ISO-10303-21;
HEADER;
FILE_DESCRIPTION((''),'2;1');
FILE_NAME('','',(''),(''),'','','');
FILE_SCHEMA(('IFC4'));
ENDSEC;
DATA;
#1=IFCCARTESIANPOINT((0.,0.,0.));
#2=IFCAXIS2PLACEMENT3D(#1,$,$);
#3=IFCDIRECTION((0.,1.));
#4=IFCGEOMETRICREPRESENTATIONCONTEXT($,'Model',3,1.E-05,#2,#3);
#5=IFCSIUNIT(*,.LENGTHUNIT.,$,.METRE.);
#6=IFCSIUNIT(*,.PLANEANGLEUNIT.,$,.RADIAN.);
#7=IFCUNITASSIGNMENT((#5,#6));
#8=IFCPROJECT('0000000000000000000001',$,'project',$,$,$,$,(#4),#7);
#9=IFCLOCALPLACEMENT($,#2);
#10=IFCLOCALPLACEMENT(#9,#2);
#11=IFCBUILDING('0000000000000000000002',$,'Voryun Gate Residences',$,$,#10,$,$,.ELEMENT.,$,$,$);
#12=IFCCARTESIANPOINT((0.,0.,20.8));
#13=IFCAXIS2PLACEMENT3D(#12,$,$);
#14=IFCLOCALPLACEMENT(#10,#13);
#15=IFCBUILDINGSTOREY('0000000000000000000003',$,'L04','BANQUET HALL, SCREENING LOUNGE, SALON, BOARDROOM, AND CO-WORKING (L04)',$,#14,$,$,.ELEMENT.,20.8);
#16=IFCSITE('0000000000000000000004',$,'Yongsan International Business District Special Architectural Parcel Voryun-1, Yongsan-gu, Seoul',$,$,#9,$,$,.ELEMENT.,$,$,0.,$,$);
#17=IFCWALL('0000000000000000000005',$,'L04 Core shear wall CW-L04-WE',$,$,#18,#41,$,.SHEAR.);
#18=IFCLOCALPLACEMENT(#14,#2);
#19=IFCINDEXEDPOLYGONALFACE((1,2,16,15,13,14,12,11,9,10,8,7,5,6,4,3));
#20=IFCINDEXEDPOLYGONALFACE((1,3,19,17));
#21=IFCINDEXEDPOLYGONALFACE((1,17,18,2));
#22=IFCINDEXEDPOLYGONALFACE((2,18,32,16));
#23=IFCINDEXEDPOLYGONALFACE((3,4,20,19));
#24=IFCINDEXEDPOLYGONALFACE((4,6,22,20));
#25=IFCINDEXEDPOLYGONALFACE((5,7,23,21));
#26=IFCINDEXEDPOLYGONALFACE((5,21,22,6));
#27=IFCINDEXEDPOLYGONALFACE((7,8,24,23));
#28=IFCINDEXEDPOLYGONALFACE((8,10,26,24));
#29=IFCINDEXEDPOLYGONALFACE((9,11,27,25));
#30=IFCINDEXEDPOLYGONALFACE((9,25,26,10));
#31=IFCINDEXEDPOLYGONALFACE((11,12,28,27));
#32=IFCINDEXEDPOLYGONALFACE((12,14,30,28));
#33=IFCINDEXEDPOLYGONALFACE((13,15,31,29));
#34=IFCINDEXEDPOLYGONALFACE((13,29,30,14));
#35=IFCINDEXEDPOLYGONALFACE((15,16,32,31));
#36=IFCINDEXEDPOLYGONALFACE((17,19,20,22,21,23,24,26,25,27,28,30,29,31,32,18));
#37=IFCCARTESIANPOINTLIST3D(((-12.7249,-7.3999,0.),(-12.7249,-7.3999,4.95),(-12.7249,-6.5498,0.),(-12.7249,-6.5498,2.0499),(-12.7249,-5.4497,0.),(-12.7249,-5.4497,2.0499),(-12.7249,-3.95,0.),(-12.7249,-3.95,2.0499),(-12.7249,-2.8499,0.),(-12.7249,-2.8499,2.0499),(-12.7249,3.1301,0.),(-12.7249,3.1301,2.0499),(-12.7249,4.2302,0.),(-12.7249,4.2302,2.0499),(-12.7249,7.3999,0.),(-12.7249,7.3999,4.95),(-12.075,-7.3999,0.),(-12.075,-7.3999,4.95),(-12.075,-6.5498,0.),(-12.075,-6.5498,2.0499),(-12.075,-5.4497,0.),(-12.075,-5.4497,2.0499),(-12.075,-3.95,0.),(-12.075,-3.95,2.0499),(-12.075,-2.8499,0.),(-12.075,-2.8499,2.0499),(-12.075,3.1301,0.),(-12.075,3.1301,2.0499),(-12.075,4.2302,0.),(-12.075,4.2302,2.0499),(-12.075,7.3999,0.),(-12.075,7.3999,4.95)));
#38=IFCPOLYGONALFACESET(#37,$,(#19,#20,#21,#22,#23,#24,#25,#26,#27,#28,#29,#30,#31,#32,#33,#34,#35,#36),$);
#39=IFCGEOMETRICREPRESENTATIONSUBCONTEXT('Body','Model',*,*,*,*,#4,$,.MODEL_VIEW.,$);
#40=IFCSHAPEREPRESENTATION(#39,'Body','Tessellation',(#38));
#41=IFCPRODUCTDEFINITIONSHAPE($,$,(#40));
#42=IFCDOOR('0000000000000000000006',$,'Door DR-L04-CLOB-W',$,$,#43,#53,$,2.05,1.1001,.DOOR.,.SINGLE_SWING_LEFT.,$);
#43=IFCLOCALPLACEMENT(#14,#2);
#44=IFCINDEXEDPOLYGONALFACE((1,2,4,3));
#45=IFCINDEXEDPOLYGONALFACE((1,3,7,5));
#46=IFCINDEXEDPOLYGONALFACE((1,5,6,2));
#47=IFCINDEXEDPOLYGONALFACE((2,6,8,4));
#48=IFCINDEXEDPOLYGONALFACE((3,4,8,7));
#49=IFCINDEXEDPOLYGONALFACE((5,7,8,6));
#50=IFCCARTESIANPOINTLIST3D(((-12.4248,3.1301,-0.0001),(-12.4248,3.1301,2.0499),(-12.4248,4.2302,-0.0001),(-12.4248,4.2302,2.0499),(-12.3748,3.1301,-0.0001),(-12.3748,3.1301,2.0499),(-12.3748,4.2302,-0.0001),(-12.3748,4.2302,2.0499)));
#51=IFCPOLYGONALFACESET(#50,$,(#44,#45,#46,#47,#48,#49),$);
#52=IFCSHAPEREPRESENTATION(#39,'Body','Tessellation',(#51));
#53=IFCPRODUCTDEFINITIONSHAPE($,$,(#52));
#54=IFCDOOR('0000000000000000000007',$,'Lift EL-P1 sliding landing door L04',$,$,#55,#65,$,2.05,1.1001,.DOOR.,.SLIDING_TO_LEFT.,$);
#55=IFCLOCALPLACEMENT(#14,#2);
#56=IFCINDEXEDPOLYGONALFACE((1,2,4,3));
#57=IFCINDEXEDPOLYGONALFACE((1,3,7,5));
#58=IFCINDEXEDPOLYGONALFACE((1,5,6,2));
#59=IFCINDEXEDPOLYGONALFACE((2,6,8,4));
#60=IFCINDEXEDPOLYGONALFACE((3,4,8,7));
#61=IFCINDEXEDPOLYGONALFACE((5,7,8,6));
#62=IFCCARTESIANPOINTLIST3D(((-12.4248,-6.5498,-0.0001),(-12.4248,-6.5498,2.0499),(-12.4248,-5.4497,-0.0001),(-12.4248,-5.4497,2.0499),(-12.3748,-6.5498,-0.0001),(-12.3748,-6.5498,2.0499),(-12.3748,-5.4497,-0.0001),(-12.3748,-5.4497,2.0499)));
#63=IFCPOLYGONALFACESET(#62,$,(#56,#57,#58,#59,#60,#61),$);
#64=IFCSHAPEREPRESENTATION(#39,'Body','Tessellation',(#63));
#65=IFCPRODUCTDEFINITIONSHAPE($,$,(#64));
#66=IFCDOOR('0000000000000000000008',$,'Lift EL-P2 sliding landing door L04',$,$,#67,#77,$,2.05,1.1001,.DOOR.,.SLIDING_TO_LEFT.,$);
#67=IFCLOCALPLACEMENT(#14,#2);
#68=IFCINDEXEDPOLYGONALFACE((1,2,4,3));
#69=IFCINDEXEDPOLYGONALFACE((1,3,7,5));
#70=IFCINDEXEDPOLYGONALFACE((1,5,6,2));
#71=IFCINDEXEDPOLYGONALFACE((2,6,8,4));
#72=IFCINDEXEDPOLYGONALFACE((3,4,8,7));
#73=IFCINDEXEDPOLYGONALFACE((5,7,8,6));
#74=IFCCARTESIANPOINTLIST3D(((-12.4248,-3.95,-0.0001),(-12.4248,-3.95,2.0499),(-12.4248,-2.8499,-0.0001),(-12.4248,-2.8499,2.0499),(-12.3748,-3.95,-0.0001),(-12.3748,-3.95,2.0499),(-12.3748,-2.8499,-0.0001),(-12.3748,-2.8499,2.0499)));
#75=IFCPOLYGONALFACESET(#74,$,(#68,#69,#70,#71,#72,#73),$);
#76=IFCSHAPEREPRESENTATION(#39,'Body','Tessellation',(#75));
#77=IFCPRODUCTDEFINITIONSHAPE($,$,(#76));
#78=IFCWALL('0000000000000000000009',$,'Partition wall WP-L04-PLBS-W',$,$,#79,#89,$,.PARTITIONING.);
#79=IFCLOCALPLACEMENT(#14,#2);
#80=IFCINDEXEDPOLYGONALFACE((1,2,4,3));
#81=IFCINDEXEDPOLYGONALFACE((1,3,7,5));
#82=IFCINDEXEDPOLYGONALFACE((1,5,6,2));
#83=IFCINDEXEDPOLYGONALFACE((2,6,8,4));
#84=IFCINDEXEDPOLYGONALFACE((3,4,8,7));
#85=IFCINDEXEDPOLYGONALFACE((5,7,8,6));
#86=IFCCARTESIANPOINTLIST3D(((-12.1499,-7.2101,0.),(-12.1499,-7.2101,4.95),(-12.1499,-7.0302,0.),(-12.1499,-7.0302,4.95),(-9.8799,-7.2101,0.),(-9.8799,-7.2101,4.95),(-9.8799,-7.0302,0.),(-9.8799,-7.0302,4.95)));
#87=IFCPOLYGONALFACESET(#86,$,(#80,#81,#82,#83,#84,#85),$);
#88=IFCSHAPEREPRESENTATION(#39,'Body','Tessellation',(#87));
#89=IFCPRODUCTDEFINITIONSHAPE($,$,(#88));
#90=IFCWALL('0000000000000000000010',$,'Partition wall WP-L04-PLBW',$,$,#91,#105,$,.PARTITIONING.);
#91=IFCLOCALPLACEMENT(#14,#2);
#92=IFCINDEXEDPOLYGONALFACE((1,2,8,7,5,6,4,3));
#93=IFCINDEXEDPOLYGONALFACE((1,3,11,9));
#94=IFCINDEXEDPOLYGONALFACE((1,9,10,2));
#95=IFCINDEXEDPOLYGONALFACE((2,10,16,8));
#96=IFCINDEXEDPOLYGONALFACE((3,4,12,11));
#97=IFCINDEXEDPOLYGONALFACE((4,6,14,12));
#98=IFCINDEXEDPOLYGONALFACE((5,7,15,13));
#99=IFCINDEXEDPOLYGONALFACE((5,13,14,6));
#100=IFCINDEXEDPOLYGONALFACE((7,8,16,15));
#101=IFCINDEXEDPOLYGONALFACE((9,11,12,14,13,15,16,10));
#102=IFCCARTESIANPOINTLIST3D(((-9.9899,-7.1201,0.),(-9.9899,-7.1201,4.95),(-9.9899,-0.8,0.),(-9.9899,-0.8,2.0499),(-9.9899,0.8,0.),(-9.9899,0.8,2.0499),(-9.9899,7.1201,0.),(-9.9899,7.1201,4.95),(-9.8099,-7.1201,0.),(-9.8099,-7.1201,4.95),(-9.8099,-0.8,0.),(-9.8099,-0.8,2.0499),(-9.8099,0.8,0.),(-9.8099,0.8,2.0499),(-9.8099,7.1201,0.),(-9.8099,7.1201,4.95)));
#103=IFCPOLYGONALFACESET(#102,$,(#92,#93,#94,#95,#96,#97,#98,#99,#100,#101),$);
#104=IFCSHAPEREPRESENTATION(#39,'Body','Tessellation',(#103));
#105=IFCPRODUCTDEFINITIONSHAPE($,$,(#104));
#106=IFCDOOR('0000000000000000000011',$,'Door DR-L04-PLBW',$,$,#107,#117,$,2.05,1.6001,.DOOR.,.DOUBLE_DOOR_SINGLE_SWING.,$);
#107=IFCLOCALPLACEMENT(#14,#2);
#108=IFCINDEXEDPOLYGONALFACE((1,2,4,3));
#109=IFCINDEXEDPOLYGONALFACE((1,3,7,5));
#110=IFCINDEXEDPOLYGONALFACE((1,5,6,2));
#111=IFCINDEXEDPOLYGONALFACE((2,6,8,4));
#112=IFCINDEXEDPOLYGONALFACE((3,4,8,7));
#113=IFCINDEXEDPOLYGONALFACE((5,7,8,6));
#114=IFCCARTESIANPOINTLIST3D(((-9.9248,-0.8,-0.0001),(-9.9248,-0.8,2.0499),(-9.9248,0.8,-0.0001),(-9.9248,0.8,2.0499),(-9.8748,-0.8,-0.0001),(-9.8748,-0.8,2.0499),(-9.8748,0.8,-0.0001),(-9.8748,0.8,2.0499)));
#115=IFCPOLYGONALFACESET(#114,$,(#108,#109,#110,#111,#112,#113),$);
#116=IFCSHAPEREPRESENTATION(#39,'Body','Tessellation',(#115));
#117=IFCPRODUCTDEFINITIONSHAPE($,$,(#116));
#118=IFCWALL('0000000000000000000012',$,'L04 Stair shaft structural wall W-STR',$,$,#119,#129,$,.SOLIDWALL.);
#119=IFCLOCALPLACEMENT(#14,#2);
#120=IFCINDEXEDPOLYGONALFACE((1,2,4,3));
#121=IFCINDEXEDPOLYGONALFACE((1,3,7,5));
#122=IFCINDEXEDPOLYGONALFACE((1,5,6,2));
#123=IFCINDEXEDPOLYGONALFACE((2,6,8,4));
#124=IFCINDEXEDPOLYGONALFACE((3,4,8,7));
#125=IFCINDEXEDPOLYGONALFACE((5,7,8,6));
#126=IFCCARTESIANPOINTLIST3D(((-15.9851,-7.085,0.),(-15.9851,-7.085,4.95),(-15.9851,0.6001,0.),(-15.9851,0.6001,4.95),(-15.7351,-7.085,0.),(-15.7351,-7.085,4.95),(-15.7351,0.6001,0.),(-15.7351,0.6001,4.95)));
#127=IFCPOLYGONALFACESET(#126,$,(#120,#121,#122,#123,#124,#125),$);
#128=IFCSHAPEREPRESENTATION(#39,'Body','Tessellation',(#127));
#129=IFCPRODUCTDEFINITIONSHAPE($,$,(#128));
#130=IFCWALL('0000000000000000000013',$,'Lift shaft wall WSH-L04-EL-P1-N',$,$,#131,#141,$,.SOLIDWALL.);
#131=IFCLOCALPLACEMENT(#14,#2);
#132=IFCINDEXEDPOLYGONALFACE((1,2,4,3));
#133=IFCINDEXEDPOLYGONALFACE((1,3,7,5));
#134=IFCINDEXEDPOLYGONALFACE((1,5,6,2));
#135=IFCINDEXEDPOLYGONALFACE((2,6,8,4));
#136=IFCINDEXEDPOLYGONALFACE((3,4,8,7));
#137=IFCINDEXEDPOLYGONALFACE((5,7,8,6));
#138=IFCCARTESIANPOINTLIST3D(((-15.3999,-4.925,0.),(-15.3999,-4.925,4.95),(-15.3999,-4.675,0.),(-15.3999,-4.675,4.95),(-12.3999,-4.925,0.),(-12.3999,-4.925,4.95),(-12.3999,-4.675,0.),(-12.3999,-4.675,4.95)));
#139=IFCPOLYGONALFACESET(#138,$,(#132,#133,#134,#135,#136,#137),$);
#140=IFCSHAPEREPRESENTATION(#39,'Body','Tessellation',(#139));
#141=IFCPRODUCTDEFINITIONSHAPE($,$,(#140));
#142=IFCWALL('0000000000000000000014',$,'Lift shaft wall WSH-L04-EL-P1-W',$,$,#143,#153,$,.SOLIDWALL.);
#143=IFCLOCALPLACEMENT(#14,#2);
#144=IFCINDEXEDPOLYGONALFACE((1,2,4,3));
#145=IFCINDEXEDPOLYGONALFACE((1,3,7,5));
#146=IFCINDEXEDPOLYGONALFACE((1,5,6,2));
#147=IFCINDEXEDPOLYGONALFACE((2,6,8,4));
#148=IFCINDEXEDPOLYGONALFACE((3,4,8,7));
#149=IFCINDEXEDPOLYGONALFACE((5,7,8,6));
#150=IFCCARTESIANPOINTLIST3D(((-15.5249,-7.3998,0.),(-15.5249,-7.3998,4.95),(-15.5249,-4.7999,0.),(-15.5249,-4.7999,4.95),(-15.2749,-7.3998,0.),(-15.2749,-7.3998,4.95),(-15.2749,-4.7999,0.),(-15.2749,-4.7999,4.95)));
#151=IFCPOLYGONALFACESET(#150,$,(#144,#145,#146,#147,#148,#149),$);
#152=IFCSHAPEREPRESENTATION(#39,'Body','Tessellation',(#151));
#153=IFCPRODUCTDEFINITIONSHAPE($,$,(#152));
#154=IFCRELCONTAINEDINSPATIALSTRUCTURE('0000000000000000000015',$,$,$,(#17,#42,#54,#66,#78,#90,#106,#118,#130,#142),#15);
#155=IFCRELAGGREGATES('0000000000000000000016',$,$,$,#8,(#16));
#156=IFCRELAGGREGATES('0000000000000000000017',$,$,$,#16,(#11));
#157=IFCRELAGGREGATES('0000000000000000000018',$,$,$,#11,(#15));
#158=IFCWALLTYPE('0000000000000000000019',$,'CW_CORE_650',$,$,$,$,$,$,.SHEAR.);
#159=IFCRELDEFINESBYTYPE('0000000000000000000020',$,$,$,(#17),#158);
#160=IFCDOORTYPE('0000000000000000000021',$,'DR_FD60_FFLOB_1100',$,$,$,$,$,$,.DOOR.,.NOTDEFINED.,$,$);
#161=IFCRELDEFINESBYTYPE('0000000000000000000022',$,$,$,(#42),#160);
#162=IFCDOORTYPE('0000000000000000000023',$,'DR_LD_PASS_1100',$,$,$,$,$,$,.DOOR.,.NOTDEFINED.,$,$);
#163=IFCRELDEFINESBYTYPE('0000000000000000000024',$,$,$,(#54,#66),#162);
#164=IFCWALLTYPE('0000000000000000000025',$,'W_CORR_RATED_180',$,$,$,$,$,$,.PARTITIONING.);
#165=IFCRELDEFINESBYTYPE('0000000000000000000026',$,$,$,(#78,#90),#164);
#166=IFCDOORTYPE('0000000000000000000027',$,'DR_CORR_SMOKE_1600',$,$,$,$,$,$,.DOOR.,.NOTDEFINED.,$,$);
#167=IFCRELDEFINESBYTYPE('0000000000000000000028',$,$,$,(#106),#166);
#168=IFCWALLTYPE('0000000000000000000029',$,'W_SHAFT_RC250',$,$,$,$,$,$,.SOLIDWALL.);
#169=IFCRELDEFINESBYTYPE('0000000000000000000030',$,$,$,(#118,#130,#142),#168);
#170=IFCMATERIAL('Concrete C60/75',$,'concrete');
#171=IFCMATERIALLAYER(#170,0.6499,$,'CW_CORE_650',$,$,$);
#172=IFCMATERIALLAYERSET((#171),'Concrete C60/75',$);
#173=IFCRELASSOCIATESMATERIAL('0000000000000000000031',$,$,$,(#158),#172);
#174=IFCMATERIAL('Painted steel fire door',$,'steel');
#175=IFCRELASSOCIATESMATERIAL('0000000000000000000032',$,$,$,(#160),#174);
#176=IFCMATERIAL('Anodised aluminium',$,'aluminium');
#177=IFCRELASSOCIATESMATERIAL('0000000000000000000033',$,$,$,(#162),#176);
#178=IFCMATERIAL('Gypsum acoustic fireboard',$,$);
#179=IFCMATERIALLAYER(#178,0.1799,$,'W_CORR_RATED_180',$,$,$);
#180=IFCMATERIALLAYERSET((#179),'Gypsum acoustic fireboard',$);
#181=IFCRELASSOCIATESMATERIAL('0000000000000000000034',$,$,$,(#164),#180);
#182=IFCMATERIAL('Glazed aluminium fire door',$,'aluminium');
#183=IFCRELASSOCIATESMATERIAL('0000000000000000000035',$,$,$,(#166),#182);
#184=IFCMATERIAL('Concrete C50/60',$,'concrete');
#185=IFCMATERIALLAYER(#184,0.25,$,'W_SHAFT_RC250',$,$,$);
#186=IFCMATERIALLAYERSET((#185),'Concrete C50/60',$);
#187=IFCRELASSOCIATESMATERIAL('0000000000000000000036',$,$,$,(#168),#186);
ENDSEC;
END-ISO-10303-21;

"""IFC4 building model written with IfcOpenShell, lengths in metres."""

from ifc_helpers import new_model, si_unit, direction, frame, frame_2d, origin, place, context, subcontext, project, spatial, rectangle, extrude, material, layer, layer_set, type_object, element, fill, save


model = new_model("IFC4")

# Units and contexts
model_context = context("Model", 3, precision=1e-05, world=origin(), true_north=direction((0.0, 1.0)))
body_context = subcontext(model_context, "Body", "Model", "MODEL_VIEW")
ifc_project = project(units=[si_unit("LENGTHUNIT", "METRE"), si_unit("PLANEANGLEUNIT", "RADIAN")], contexts=[model_context])

# Site, building, storey
site_placement = place(None, origin())
site = spatial("IfcSite", under=ifc_project, at=site_placement, Name="Yongsan International Business District Special Architectural Parcel Voryun-1, Yongsan-gu, Seoul", CompositionType="ELEMENT", RefElevation=0.0)
building_placement = place(site_placement, origin())
building = spatial("IfcBuilding", under=site, at=building_placement, Name="Voryun Gate Residences", CompositionType="ELEMENT")
storey_placement = place(building_placement, frame((0.0, 0.0, 20.8)))
storey = spatial("IfcBuildingStorey", under=building, at=storey_placement, Name="L04", Description="BANQUET HALL, SCREENING LOUNGE, SALON, BOARDROOM, AND CO-WORKING (L04)", CompositionType="ELEMENT", Elevation=20.8)

# Wall, openings, doors
ifc_material_1 = material(Name="Concrete C60/75", Category="concrete")
ifc_layer_1 = layer(ifc_material_1, 0.6499, Name="CW_CORE_650")
ifc_layer_set_1 = layer_set([ifc_layer_1], Name="Concrete C60/75")
wall_type_1 = type_object("IfcWallType", Name="CW_CORE_650", PredefinedType="SHEAR", material=ifc_layer_set_1)
wall_1_placement = place(storey_placement, frame((-12.3999, -7.3999, 0.0), z_axis=(0.0, 0.0, 1.0), x_axis=(0.0, 1.0, 0.0)))
wall_1 = element("IfcWall", 1, at=wall_1_placement, inside=storey, type_object=wall_type_1, Name="L04 Core shear wall CW-L04-WE", PredefinedType="SHEAR", context=body_context, shape_type="SweptSolid", body=[
    extrude(rectangle(XDim=14.7998, YDim=0.6499, at=frame_2d((7.3999, 0.0))), origin(), (0.0, 0.0, 1.0), 4.95),
])
opening_1_placement = place(wall_1_placement, frame((0.8501, 0.0, 0.0)))
opening_1 = element("IfcOpeningElement", 2, at=opening_1_placement, cuts=wall_1, PredefinedType="OPENING", context=body_context, shape_type="SweptSolid", body=[
    extrude(rectangle(XDim=1.1001, YDim=2.05, at=frame_2d((0.55, 1.0249))), frame((0.0, 0.335, 0.0), z_axis=(0.0, -1.0, 0.0), x_axis=(1.0, 0.0, 0.0)), (0.0, 0.0, 1.0), 0.6699),
])
opening_2_placement = place(wall_1_placement, frame((3.45, 0.0, 0.0)))
opening_2 = element("IfcOpeningElement", 3, at=opening_2_placement, cuts=wall_1, PredefinedType="OPENING", context=body_context, shape_type="SweptSolid", body=[
    extrude(rectangle(XDim=1.1001, YDim=2.05, at=frame_2d((0.55, 1.0249))), frame((0.0, 0.335, 0.0), z_axis=(0.0, -1.0, 0.0), x_axis=(1.0, 0.0, 0.0)), (0.0, 0.0, 1.0), 0.6699),
])
opening_3_placement = place(wall_1_placement, frame((10.53, 0.0, 0.0)))
opening_3 = element("IfcOpeningElement", 4, at=opening_3_placement, cuts=wall_1, PredefinedType="OPENING", context=body_context, shape_type="SweptSolid", body=[
    extrude(rectangle(XDim=1.1001, YDim=2.05, at=frame_2d((0.55, 1.0249))), frame((0.0, 0.335, 0.0), z_axis=(0.0, -1.0, 0.0), x_axis=(1.0, 0.0, 0.0)), (0.0, 0.0, 1.0), 0.6699),
])
ifc_material_2 = material(Name="Painted steel fire door", Category="steel")
door_type_1 = type_object("IfcDoorType", Name="DR_FD60_FFLOB_1100", OperationType="NOTDEFINED", PredefinedType="DOOR", material=ifc_material_2)
door_1_placement = place(opening_3_placement, origin())
door_1 = element("IfcDoor", 5, at=door_1_placement, inside=storey, type_object=door_type_1, Name="Door DR-L04-CLOB-W", OperationType="SINGLE_SWING_LEFT", OverallHeight=2.05, OverallWidth=1.1001, PredefinedType="DOOR", context=body_context, shape_type="SweptSolid", body=[
    extrude(rectangle(XDim=1.1001, YDim=2.05, at=frame_2d((0.55, 1.0249))), frame((0.0, 0.0249, 0.0), z_axis=(0.0, -1.0, 0.0), x_axis=(1.0, 0.0, 0.0)), (0.0, 0.0, 1.0), 0.05),
])
fill(opening_3, door_1)
ifc_material_3 = material(Name="Anodised aluminium", Category="aluminium")
door_type_2 = type_object("IfcDoorType", Name="DR_LD_PASS_1100", OperationType="NOTDEFINED", PredefinedType="DOOR", material=ifc_material_3)
door_2_placement = place(opening_1_placement, origin())
door_2 = element("IfcDoor", 6, at=door_2_placement, inside=storey, type_object=door_type_2, Name="Lift EL-P1 sliding landing door L04", OperationType="SLIDING_TO_LEFT", OverallHeight=2.05, OverallWidth=1.1001, PredefinedType="DOOR", context=body_context, shape_type="SweptSolid", body=[
    extrude(rectangle(XDim=1.1001, YDim=2.05, at=frame_2d((0.55, 1.0249))), frame((0.0, 0.0249, 0.0), z_axis=(0.0, -1.0, 0.0), x_axis=(1.0, 0.0, 0.0)), (0.0, 0.0, 1.0), 0.05),
])
fill(opening_1, door_2)
door_3_placement = place(opening_2_placement, origin())
door_3 = element("IfcDoor", 7, at=door_3_placement, inside=storey, type_object=door_type_2, Name="Lift EL-P2 sliding landing door L04", OperationType="SLIDING_TO_LEFT", OverallHeight=2.05, OverallWidth=1.1001, PredefinedType="DOOR", context=body_context, shape_type="SweptSolid", body=[
    extrude(rectangle(XDim=1.1001, YDim=2.05, at=frame_2d((0.55, 1.0249))), frame((0.0, 0.0249, 0.0), z_axis=(0.0, -1.0, 0.0), x_axis=(1.0, 0.0, 0.0)), (0.0, 0.0, 1.0), 0.05),
])
fill(opening_2, door_3)

# Wall
ifc_material_4 = material(Name="Gypsum acoustic fireboard")
ifc_layer_2 = layer(ifc_material_4, 0.1799, Name="W_CORR_RATED_180")
ifc_layer_set_2 = layer_set([ifc_layer_2], Name="Gypsum acoustic fireboard")
wall_type_2 = type_object("IfcWallType", Name="W_CORR_RATED_180", PredefinedType="PARTITIONING", material=ifc_layer_set_2)
wall_2_placement = place(storey_placement, frame((-12.1499, -7.1201, 0.0), z_axis=(0.0, 0.0, 1.0), x_axis=(1.0, 0.0, 0.0)))
element("IfcWall", 8, at=wall_2_placement, inside=storey, type_object=wall_type_2, Name="Partition wall WP-L04-PLBS-W", PredefinedType="PARTITIONING", context=body_context, shape_type="SweptSolid", body=[
    extrude(rectangle(XDim=2.27, YDim=0.1799, at=frame_2d((1.135, 0.0))), origin(), (0.0, 0.0, 1.0), 4.95),
])

# Wall, opening, door
wall_3_placement = place(storey_placement, frame((-9.8999, -7.1201, 0.0), z_axis=(0.0, 0.0, 1.0), x_axis=(0.0, 1.0, 0.0)))
wall_3 = element("IfcWall", 9, at=wall_3_placement, inside=storey, type_object=wall_type_2, Name="Partition wall WP-L04-PLBW", PredefinedType="PARTITIONING", context=body_context, shape_type="SweptSolid", body=[
    extrude(rectangle(XDim=14.2402, YDim=0.1799, at=frame_2d((7.1201, 0.0))), origin(), (0.0, 0.0, 1.0), 4.95),
])
opening_4_placement = place(wall_3_placement, frame((6.3201, 0.0, 0.0)))
opening_4 = element("IfcOpeningElement", 10, at=opening_4_placement, cuts=wall_3, PredefinedType="OPENING", context=body_context, shape_type="SweptSolid", body=[
    extrude(rectangle(XDim=1.6001, YDim=2.05, at=frame_2d((0.8, 1.0249))), frame((0.0, 0.0999, 0.0), z_axis=(0.0, -1.0, 0.0), x_axis=(1.0, 0.0, 0.0)), (0.0, 0.0, 1.0), 0.2),
])
ifc_material_5 = material(Name="Glazed aluminium fire door", Category="aluminium")
door_type_3 = type_object("IfcDoorType", Name="DR_CORR_SMOKE_1600", OperationType="NOTDEFINED", PredefinedType="DOOR", material=ifc_material_5)
door_4_placement = place(opening_4_placement, origin())
door_4 = element("IfcDoor", 11, at=door_4_placement, inside=storey, type_object=door_type_3, Name="Door DR-L04-PLBW", OperationType="DOUBLE_DOOR_SINGLE_SWING", OverallHeight=2.05, OverallWidth=1.6001, PredefinedType="DOOR", context=body_context, shape_type="SweptSolid", body=[
    extrude(rectangle(XDim=1.6001, YDim=2.05, at=frame_2d((0.8, 1.0249))), frame((0.0, 0.0249, 0.0), z_axis=(0.0, -1.0, 0.0), x_axis=(1.0, 0.0, 0.0)), (0.0, 0.0, 1.0), 0.05),
])
fill(opening_4, door_4)

# Walls
ifc_material_6 = material(Name="Concrete C50/60", Category="concrete")
ifc_layer_3 = layer(ifc_material_6, 0.25, Name="W_SHAFT_RC250")
ifc_layer_set_3 = layer_set([ifc_layer_3], Name="Concrete C50/60")
wall_type_3 = type_object("IfcWallType", Name="W_SHAFT_RC250", PredefinedType="SOLIDWALL", material=ifc_layer_set_3)
wall_4_placement = place(storey_placement, frame((-15.8601, -7.085, 0.0), z_axis=(0.0, 0.0, 1.0), x_axis=(0.0, 1.0, 0.0)))
element("IfcWall", 12, at=wall_4_placement, inside=storey, type_object=wall_type_3, Name="L04 Stair shaft structural wall W-STR", PredefinedType="SOLIDWALL", context=body_context, shape_type="SweptSolid", body=[
    extrude(rectangle(XDim=7.6851, YDim=0.25, at=frame_2d((3.8425, 0.0))), origin(), (0.0, 0.0, 1.0), 4.95),
])
wall_5_placement = place(storey_placement, frame((-12.3999, -4.8, 0.0), z_axis=(0.0, 0.0, 1.0), x_axis=(-1.0, 0.0, 0.0)))
element("IfcWall", 13, at=wall_5_placement, inside=storey, type_object=wall_type_3, Name="Lift shaft wall WSH-L04-EL-P1-N", PredefinedType="SOLIDWALL", context=body_context, shape_type="SweptSolid", body=[
    extrude(rectangle(XDim=3.0, YDim=0.25, at=frame_2d((1.5, 0.0))), origin(), (0.0, 0.0, 1.0), 4.95),
])
wall_6_placement = place(storey_placement, frame((-15.3999, -4.8, 0.0), z_axis=(0.0, 0.0, 1.0), x_axis=(0.0, -1.0, 0.0)))
element("IfcWall", 14, at=wall_6_placement, inside=storey, type_object=wall_type_3, Name="Lift shaft wall WSH-L04-EL-P1-W", PredefinedType="SOLIDWALL", context=body_context, shape_type="SweptSolid", body=[
    extrude(rectangle(XDim=2.5999, YDim=0.25, at=frame_2d((1.2998, 0.0))), origin(), (0.0, 0.0, 1.0), 4.95),
])

save(model, "model.ifc")
